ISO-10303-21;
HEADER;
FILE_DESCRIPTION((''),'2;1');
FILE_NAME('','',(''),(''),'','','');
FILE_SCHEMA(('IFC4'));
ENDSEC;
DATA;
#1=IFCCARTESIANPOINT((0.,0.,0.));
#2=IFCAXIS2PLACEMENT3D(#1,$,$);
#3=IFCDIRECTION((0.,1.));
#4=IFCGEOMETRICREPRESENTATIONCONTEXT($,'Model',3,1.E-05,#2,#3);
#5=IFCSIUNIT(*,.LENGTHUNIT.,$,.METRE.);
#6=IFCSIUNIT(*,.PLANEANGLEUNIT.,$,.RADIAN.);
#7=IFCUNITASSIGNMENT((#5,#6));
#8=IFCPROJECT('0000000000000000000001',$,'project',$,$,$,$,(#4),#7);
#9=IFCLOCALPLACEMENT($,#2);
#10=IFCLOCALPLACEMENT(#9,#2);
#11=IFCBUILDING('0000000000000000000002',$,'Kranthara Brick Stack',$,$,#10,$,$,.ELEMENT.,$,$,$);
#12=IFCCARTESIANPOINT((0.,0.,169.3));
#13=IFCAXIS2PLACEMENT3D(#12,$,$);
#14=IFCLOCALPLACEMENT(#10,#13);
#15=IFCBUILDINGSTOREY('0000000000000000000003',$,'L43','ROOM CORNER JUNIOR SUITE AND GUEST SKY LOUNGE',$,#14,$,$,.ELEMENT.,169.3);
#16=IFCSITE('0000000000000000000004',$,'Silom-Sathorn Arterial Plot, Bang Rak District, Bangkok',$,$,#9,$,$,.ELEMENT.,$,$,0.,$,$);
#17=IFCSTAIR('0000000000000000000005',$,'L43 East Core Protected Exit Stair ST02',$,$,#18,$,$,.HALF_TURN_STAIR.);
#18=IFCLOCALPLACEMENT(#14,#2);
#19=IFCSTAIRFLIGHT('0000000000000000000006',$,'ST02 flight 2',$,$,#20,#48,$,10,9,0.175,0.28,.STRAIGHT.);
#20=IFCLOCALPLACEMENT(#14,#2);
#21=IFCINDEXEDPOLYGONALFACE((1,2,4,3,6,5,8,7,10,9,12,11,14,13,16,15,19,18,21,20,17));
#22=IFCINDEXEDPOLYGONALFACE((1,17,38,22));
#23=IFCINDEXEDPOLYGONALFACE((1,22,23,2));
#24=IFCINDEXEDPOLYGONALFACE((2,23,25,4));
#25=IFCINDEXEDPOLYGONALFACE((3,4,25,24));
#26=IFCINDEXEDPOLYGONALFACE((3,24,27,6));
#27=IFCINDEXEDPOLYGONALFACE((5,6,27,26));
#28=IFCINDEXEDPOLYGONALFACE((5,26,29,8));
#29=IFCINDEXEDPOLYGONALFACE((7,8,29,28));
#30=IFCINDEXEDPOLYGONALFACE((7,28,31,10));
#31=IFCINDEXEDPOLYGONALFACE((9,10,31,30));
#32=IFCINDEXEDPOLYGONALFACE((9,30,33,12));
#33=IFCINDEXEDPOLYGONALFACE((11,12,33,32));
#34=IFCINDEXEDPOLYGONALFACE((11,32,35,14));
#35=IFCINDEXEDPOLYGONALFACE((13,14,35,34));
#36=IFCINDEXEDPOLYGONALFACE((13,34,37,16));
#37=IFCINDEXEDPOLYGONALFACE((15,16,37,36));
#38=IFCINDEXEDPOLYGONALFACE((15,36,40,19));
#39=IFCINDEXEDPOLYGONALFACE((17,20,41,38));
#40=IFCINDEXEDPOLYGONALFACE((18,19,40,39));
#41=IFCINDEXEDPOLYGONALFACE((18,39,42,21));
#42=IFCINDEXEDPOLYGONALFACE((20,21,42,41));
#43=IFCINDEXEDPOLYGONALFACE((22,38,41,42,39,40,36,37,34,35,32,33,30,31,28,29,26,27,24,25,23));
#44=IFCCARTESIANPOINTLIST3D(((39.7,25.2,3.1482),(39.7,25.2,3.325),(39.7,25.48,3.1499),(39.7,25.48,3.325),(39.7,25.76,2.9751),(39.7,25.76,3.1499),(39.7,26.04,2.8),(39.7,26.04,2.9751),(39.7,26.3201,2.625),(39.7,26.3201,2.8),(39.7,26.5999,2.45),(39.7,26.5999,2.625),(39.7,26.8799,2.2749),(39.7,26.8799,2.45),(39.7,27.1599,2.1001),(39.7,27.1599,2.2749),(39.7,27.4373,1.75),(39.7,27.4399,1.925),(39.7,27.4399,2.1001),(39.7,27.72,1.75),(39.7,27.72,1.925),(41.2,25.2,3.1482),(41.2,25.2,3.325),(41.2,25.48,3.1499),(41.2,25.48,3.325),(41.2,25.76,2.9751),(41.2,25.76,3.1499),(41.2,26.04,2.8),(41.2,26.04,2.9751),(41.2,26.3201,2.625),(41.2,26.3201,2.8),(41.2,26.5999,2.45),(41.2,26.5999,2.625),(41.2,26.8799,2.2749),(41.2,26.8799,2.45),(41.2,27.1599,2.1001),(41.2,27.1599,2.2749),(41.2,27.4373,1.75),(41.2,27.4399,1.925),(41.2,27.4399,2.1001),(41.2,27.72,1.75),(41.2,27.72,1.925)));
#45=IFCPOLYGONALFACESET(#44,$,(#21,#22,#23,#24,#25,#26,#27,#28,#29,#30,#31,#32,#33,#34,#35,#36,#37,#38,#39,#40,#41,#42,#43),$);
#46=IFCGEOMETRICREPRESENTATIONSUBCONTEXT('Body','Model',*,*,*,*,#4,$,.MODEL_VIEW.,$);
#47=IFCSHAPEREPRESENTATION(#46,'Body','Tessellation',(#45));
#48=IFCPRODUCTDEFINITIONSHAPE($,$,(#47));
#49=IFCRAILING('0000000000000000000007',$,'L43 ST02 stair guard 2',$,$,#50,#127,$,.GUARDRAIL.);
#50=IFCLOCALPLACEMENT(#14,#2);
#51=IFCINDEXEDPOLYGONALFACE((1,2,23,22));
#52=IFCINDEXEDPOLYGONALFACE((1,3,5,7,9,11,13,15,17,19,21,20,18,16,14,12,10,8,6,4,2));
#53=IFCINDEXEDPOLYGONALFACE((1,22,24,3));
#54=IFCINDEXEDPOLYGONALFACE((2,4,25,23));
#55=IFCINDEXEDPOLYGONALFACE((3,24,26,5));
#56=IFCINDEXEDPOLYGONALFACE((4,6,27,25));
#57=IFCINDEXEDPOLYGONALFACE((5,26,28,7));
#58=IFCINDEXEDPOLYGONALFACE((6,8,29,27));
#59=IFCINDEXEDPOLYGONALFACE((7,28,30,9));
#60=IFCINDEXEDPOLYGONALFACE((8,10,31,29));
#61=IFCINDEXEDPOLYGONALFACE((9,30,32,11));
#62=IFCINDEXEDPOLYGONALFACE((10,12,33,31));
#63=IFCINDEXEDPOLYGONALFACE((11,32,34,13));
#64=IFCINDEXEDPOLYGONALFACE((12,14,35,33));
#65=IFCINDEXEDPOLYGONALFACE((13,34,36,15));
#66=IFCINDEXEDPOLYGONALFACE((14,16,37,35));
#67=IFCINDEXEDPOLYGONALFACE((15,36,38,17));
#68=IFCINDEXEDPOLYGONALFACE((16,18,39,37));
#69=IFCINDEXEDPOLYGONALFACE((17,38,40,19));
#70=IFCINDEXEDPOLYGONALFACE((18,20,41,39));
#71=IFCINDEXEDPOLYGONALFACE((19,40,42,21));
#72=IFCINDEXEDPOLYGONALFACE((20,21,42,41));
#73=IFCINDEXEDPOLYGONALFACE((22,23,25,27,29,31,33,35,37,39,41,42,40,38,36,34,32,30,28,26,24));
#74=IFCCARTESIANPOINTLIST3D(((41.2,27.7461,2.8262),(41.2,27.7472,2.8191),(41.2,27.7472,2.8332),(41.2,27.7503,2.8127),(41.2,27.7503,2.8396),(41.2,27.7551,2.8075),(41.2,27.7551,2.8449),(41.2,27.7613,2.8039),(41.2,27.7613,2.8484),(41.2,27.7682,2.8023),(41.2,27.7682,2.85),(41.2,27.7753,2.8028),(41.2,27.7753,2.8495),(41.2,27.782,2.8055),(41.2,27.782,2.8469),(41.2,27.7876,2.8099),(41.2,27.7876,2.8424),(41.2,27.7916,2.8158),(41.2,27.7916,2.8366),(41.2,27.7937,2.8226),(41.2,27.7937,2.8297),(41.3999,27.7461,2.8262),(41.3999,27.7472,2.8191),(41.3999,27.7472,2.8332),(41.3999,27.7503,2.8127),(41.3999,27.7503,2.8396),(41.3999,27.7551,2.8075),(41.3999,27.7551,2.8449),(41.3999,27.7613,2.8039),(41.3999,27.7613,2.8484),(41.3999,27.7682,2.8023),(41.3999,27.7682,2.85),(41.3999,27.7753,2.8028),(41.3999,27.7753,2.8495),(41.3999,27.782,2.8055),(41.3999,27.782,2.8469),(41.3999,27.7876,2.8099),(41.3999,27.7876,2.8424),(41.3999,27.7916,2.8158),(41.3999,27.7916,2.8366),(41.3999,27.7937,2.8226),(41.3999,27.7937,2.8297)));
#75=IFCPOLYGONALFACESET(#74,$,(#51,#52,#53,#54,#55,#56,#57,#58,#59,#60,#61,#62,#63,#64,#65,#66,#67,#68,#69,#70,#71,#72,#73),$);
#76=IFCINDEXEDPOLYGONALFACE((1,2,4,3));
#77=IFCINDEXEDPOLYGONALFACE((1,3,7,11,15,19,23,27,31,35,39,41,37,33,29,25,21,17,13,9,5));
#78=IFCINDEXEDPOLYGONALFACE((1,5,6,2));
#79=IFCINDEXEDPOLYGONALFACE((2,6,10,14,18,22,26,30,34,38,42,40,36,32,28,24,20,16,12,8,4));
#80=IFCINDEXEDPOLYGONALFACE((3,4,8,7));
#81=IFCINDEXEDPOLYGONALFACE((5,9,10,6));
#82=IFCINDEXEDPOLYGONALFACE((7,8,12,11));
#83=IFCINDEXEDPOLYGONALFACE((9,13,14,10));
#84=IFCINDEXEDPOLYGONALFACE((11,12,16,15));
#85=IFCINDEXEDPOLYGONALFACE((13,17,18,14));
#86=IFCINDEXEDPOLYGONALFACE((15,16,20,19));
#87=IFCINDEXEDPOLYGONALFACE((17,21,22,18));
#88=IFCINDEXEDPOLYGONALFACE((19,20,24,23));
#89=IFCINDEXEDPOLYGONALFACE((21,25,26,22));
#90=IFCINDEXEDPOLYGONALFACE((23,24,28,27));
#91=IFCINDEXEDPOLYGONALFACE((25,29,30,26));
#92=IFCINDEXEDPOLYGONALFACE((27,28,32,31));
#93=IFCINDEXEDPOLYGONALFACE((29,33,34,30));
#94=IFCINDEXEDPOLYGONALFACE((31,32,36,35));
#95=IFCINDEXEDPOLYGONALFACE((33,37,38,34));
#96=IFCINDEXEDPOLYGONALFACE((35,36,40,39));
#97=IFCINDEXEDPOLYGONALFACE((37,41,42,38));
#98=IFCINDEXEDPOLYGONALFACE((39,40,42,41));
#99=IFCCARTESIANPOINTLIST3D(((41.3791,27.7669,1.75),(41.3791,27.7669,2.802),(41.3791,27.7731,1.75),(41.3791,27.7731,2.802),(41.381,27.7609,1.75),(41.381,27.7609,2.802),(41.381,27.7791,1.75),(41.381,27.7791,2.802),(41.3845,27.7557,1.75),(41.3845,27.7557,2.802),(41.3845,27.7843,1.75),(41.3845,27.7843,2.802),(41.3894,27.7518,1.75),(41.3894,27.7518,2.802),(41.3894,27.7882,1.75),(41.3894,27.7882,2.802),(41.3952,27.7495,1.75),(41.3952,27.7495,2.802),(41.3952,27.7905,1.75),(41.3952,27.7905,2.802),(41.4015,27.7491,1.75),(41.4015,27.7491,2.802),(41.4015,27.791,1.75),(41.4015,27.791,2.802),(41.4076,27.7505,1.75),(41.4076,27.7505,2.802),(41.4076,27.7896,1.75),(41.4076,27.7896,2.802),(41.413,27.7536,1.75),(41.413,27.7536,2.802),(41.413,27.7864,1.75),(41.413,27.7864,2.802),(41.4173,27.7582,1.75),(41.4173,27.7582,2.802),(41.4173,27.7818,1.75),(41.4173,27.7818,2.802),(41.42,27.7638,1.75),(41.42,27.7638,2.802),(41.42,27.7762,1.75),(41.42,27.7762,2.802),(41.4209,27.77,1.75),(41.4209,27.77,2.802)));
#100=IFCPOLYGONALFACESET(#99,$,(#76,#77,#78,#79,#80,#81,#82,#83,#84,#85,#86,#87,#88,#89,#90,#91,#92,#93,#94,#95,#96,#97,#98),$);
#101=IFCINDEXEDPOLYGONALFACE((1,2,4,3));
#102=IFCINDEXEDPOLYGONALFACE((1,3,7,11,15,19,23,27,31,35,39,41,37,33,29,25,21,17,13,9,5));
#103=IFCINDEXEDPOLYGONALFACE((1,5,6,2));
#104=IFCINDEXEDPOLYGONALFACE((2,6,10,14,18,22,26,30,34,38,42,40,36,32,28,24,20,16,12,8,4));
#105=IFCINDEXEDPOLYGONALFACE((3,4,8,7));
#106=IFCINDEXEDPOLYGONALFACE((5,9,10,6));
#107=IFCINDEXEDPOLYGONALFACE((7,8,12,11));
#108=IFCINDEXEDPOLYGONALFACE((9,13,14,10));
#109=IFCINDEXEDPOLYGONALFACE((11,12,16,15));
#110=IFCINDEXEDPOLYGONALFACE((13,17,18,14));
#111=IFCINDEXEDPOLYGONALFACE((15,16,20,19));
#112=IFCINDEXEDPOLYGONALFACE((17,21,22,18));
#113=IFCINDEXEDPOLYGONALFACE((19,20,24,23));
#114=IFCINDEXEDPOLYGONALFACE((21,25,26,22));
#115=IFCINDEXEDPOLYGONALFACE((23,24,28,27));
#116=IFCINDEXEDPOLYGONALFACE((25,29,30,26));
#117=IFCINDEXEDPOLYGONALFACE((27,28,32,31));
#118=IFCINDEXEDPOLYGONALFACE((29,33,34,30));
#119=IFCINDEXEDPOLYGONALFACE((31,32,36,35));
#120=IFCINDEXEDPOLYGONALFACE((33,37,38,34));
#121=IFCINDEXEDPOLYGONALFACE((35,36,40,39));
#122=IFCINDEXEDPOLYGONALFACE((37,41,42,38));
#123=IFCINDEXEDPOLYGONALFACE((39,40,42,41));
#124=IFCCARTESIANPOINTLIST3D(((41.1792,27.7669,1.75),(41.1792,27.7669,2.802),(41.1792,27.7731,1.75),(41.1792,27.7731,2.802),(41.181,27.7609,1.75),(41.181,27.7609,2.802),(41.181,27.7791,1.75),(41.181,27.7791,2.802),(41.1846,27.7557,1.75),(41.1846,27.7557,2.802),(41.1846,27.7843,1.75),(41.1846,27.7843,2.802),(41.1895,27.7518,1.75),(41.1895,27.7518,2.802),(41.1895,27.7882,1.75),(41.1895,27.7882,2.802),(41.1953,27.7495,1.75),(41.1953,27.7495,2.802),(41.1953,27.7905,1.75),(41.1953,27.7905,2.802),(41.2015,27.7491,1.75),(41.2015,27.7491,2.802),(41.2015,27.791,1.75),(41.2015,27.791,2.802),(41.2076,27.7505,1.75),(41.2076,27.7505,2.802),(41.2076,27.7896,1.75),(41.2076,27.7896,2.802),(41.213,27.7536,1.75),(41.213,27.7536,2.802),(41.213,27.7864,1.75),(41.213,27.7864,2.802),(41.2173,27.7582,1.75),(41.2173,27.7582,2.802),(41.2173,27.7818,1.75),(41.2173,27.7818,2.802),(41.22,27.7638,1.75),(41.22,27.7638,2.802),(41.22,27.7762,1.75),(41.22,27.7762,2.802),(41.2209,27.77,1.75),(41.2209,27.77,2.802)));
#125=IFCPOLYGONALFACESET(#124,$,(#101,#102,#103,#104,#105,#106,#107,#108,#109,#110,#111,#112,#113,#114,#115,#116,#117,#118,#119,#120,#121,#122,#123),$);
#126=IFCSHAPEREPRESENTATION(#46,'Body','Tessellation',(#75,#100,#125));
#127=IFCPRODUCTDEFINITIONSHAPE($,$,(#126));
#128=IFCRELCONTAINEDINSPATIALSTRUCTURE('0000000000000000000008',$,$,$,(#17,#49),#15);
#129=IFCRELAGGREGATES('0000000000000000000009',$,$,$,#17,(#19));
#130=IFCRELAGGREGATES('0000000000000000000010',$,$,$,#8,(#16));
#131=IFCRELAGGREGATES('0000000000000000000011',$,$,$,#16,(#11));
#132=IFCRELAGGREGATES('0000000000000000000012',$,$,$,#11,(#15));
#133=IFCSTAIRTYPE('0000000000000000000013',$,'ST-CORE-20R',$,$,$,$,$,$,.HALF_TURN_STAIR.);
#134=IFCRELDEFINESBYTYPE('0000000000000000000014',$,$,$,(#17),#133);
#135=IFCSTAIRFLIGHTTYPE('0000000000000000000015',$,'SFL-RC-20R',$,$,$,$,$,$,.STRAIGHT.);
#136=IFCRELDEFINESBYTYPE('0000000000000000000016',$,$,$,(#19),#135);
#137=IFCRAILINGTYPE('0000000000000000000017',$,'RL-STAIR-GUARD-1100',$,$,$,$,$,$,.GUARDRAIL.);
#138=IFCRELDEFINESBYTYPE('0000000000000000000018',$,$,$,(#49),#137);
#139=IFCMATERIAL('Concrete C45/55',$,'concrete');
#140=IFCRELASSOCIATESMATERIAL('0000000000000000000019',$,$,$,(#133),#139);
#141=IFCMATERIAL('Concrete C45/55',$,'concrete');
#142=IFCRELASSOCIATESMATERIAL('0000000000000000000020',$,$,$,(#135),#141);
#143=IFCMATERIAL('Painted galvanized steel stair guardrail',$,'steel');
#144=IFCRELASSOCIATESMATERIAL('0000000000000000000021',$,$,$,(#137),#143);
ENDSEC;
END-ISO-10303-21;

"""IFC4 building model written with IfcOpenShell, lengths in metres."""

from ifc_helpers import new_model, si_unit, direction, frame, origin, origin_2d, place, context, subcontext, project, spatial, polyline, circle, outline, extrude, material, type_object, element, aggregate, save


model = new_model("IFC4")

# Units and contexts
model_context = context("Model", 3, precision=1e-05, world=origin(), true_north=direction((0.0, 1.0)))
body_context = subcontext(model_context, "Body", "Model", "MODEL_VIEW")
ifc_project = project(units=[si_unit("LENGTHUNIT", "METRE"), si_unit("PLANEANGLEUNIT", "RADIAN")], contexts=[model_context])

# Site, building, storey
site_placement = place(None, origin())
site = spatial("IfcSite", under=ifc_project, at=site_placement, Name="Silom-Sathorn Arterial Plot, Bang Rak District, Bangkok", CompositionType="ELEMENT", RefElevation=0.0)
building_placement = place(site_placement, origin())
building = spatial("IfcBuilding", under=site, at=building_placement, Name="Kranthara Brick Stack", CompositionType="ELEMENT")
storey_placement = place(building_placement, frame((0.0, 0.0, 169.3)))
storey = spatial("IfcBuildingStorey", under=building, at=storey_placement, Name="L43", Description="ROOM CORNER JUNIOR SUITE AND GUEST SKY LOUNGE", CompositionType="ELEMENT", Elevation=169.3)

# Stair, stair flight
ifc_material_1 = material(Name="Concrete C45/55", Category="concrete")
stair_type = type_object("IfcStairType", Name="ST-CORE-20R", PredefinedType="HALF_TURN_STAIR", material=ifc_material_1)
stair_placement = place(storey_placement, origin())
stair = element("IfcStair", 1, at=stair_placement, inside=storey, type_object=stair_type, Name="L43 East Core Protected Exit Stair ST02", PredefinedType="HALF_TURN_STAIR")
ifc_material_2 = material(Name="Concrete C45/55", Category="concrete")
stair_flight_type = type_object("IfcStairFlightType", Name="SFL-RC-20R", PredefinedType="STRAIGHT", material=ifc_material_2)
stair_flight_placement = place(storey_placement, frame((40.45, 27.72, 1.75), z_axis=(0.0, 0.0, 1.0), x_axis=(0.0, -1.0, 0.0)))
stair_flight = element("IfcStairFlight", 2, at=stair_flight_placement, type_object=stair_flight_type, Name="ST02 flight 2", NumberOfRisers=10, NumberOfTreads=9, PredefinedType="STRAIGHT", RiserHeight=0.175, TreadLength=0.28, context=body_context, shape_type="SweptSolid", body=[
    extrude(outline(polyline([(0.0, 0.0), (0.0, 0.175), (0.28, 0.175), (0.28, 0.3501), (0.5601, 0.3501), (0.5601, 0.5249), (0.8401, 0.5249), (0.8401, 0.7), (1.1201, 0.7), (1.1201, 0.875), (1.3999, 0.875), (1.3999, 1.05), (1.6799, 1.05), (1.6799, 1.2251), (1.96, 1.2251), (1.96, 1.3999), (2.24, 1.3999), (2.24, 1.575), (2.52, 1.575), (2.52, 1.75), (2.52, 1.3982), (0.2827, 0.0), (0.0, 0.0)])), frame((0.0, 0.75, 0.0), z_axis=(0.0, -1.0, 0.0), x_axis=(1.0, 0.0, 0.0)), (0.0, 0.0, 1.0), 1.5),
])
aggregate(stair, [stair_flight])

# Railing
ifc_material_3 = material(Name="Painted galvanized steel stair guardrail", Category="steel")
railing_type_1 = type_object("IfcRailingType", Name="RL-STAIR-GUARD-1100", PredefinedType="GUARDRAIL", material=ifc_material_3)
railing_1_placement = place(storey_placement, frame((41.3999, 27.77, 1.75)))
element("IfcRailing", 3, at=railing_1_placement, inside=storey, type_object=railing_type_1, Name="L43 ST02 stair guard 2", PredefinedType="GUARDRAIL", context=body_context, shape_type="SweptSolid", body=[
    extrude(circle(Radius=0.0239, at=origin_2d()), frame((0.0, 0.0, 1.0762), z_axis=(-1.0, 0.0, 0.0), x_axis=(0.0, -1.0, 0.0)), (0.0, 0.0, 1.0), 0.2),
    extrude(circle(Radius=0.021, at=origin_2d()), origin(), (0.0, 0.0, 1.0), 1.052),
    extrude(circle(Radius=0.021, at=origin_2d()), frame((-0.2, 0.0, 0.0)), (0.0, 0.0, 1.0), 1.052),
])

save(model, "model.ifc")
